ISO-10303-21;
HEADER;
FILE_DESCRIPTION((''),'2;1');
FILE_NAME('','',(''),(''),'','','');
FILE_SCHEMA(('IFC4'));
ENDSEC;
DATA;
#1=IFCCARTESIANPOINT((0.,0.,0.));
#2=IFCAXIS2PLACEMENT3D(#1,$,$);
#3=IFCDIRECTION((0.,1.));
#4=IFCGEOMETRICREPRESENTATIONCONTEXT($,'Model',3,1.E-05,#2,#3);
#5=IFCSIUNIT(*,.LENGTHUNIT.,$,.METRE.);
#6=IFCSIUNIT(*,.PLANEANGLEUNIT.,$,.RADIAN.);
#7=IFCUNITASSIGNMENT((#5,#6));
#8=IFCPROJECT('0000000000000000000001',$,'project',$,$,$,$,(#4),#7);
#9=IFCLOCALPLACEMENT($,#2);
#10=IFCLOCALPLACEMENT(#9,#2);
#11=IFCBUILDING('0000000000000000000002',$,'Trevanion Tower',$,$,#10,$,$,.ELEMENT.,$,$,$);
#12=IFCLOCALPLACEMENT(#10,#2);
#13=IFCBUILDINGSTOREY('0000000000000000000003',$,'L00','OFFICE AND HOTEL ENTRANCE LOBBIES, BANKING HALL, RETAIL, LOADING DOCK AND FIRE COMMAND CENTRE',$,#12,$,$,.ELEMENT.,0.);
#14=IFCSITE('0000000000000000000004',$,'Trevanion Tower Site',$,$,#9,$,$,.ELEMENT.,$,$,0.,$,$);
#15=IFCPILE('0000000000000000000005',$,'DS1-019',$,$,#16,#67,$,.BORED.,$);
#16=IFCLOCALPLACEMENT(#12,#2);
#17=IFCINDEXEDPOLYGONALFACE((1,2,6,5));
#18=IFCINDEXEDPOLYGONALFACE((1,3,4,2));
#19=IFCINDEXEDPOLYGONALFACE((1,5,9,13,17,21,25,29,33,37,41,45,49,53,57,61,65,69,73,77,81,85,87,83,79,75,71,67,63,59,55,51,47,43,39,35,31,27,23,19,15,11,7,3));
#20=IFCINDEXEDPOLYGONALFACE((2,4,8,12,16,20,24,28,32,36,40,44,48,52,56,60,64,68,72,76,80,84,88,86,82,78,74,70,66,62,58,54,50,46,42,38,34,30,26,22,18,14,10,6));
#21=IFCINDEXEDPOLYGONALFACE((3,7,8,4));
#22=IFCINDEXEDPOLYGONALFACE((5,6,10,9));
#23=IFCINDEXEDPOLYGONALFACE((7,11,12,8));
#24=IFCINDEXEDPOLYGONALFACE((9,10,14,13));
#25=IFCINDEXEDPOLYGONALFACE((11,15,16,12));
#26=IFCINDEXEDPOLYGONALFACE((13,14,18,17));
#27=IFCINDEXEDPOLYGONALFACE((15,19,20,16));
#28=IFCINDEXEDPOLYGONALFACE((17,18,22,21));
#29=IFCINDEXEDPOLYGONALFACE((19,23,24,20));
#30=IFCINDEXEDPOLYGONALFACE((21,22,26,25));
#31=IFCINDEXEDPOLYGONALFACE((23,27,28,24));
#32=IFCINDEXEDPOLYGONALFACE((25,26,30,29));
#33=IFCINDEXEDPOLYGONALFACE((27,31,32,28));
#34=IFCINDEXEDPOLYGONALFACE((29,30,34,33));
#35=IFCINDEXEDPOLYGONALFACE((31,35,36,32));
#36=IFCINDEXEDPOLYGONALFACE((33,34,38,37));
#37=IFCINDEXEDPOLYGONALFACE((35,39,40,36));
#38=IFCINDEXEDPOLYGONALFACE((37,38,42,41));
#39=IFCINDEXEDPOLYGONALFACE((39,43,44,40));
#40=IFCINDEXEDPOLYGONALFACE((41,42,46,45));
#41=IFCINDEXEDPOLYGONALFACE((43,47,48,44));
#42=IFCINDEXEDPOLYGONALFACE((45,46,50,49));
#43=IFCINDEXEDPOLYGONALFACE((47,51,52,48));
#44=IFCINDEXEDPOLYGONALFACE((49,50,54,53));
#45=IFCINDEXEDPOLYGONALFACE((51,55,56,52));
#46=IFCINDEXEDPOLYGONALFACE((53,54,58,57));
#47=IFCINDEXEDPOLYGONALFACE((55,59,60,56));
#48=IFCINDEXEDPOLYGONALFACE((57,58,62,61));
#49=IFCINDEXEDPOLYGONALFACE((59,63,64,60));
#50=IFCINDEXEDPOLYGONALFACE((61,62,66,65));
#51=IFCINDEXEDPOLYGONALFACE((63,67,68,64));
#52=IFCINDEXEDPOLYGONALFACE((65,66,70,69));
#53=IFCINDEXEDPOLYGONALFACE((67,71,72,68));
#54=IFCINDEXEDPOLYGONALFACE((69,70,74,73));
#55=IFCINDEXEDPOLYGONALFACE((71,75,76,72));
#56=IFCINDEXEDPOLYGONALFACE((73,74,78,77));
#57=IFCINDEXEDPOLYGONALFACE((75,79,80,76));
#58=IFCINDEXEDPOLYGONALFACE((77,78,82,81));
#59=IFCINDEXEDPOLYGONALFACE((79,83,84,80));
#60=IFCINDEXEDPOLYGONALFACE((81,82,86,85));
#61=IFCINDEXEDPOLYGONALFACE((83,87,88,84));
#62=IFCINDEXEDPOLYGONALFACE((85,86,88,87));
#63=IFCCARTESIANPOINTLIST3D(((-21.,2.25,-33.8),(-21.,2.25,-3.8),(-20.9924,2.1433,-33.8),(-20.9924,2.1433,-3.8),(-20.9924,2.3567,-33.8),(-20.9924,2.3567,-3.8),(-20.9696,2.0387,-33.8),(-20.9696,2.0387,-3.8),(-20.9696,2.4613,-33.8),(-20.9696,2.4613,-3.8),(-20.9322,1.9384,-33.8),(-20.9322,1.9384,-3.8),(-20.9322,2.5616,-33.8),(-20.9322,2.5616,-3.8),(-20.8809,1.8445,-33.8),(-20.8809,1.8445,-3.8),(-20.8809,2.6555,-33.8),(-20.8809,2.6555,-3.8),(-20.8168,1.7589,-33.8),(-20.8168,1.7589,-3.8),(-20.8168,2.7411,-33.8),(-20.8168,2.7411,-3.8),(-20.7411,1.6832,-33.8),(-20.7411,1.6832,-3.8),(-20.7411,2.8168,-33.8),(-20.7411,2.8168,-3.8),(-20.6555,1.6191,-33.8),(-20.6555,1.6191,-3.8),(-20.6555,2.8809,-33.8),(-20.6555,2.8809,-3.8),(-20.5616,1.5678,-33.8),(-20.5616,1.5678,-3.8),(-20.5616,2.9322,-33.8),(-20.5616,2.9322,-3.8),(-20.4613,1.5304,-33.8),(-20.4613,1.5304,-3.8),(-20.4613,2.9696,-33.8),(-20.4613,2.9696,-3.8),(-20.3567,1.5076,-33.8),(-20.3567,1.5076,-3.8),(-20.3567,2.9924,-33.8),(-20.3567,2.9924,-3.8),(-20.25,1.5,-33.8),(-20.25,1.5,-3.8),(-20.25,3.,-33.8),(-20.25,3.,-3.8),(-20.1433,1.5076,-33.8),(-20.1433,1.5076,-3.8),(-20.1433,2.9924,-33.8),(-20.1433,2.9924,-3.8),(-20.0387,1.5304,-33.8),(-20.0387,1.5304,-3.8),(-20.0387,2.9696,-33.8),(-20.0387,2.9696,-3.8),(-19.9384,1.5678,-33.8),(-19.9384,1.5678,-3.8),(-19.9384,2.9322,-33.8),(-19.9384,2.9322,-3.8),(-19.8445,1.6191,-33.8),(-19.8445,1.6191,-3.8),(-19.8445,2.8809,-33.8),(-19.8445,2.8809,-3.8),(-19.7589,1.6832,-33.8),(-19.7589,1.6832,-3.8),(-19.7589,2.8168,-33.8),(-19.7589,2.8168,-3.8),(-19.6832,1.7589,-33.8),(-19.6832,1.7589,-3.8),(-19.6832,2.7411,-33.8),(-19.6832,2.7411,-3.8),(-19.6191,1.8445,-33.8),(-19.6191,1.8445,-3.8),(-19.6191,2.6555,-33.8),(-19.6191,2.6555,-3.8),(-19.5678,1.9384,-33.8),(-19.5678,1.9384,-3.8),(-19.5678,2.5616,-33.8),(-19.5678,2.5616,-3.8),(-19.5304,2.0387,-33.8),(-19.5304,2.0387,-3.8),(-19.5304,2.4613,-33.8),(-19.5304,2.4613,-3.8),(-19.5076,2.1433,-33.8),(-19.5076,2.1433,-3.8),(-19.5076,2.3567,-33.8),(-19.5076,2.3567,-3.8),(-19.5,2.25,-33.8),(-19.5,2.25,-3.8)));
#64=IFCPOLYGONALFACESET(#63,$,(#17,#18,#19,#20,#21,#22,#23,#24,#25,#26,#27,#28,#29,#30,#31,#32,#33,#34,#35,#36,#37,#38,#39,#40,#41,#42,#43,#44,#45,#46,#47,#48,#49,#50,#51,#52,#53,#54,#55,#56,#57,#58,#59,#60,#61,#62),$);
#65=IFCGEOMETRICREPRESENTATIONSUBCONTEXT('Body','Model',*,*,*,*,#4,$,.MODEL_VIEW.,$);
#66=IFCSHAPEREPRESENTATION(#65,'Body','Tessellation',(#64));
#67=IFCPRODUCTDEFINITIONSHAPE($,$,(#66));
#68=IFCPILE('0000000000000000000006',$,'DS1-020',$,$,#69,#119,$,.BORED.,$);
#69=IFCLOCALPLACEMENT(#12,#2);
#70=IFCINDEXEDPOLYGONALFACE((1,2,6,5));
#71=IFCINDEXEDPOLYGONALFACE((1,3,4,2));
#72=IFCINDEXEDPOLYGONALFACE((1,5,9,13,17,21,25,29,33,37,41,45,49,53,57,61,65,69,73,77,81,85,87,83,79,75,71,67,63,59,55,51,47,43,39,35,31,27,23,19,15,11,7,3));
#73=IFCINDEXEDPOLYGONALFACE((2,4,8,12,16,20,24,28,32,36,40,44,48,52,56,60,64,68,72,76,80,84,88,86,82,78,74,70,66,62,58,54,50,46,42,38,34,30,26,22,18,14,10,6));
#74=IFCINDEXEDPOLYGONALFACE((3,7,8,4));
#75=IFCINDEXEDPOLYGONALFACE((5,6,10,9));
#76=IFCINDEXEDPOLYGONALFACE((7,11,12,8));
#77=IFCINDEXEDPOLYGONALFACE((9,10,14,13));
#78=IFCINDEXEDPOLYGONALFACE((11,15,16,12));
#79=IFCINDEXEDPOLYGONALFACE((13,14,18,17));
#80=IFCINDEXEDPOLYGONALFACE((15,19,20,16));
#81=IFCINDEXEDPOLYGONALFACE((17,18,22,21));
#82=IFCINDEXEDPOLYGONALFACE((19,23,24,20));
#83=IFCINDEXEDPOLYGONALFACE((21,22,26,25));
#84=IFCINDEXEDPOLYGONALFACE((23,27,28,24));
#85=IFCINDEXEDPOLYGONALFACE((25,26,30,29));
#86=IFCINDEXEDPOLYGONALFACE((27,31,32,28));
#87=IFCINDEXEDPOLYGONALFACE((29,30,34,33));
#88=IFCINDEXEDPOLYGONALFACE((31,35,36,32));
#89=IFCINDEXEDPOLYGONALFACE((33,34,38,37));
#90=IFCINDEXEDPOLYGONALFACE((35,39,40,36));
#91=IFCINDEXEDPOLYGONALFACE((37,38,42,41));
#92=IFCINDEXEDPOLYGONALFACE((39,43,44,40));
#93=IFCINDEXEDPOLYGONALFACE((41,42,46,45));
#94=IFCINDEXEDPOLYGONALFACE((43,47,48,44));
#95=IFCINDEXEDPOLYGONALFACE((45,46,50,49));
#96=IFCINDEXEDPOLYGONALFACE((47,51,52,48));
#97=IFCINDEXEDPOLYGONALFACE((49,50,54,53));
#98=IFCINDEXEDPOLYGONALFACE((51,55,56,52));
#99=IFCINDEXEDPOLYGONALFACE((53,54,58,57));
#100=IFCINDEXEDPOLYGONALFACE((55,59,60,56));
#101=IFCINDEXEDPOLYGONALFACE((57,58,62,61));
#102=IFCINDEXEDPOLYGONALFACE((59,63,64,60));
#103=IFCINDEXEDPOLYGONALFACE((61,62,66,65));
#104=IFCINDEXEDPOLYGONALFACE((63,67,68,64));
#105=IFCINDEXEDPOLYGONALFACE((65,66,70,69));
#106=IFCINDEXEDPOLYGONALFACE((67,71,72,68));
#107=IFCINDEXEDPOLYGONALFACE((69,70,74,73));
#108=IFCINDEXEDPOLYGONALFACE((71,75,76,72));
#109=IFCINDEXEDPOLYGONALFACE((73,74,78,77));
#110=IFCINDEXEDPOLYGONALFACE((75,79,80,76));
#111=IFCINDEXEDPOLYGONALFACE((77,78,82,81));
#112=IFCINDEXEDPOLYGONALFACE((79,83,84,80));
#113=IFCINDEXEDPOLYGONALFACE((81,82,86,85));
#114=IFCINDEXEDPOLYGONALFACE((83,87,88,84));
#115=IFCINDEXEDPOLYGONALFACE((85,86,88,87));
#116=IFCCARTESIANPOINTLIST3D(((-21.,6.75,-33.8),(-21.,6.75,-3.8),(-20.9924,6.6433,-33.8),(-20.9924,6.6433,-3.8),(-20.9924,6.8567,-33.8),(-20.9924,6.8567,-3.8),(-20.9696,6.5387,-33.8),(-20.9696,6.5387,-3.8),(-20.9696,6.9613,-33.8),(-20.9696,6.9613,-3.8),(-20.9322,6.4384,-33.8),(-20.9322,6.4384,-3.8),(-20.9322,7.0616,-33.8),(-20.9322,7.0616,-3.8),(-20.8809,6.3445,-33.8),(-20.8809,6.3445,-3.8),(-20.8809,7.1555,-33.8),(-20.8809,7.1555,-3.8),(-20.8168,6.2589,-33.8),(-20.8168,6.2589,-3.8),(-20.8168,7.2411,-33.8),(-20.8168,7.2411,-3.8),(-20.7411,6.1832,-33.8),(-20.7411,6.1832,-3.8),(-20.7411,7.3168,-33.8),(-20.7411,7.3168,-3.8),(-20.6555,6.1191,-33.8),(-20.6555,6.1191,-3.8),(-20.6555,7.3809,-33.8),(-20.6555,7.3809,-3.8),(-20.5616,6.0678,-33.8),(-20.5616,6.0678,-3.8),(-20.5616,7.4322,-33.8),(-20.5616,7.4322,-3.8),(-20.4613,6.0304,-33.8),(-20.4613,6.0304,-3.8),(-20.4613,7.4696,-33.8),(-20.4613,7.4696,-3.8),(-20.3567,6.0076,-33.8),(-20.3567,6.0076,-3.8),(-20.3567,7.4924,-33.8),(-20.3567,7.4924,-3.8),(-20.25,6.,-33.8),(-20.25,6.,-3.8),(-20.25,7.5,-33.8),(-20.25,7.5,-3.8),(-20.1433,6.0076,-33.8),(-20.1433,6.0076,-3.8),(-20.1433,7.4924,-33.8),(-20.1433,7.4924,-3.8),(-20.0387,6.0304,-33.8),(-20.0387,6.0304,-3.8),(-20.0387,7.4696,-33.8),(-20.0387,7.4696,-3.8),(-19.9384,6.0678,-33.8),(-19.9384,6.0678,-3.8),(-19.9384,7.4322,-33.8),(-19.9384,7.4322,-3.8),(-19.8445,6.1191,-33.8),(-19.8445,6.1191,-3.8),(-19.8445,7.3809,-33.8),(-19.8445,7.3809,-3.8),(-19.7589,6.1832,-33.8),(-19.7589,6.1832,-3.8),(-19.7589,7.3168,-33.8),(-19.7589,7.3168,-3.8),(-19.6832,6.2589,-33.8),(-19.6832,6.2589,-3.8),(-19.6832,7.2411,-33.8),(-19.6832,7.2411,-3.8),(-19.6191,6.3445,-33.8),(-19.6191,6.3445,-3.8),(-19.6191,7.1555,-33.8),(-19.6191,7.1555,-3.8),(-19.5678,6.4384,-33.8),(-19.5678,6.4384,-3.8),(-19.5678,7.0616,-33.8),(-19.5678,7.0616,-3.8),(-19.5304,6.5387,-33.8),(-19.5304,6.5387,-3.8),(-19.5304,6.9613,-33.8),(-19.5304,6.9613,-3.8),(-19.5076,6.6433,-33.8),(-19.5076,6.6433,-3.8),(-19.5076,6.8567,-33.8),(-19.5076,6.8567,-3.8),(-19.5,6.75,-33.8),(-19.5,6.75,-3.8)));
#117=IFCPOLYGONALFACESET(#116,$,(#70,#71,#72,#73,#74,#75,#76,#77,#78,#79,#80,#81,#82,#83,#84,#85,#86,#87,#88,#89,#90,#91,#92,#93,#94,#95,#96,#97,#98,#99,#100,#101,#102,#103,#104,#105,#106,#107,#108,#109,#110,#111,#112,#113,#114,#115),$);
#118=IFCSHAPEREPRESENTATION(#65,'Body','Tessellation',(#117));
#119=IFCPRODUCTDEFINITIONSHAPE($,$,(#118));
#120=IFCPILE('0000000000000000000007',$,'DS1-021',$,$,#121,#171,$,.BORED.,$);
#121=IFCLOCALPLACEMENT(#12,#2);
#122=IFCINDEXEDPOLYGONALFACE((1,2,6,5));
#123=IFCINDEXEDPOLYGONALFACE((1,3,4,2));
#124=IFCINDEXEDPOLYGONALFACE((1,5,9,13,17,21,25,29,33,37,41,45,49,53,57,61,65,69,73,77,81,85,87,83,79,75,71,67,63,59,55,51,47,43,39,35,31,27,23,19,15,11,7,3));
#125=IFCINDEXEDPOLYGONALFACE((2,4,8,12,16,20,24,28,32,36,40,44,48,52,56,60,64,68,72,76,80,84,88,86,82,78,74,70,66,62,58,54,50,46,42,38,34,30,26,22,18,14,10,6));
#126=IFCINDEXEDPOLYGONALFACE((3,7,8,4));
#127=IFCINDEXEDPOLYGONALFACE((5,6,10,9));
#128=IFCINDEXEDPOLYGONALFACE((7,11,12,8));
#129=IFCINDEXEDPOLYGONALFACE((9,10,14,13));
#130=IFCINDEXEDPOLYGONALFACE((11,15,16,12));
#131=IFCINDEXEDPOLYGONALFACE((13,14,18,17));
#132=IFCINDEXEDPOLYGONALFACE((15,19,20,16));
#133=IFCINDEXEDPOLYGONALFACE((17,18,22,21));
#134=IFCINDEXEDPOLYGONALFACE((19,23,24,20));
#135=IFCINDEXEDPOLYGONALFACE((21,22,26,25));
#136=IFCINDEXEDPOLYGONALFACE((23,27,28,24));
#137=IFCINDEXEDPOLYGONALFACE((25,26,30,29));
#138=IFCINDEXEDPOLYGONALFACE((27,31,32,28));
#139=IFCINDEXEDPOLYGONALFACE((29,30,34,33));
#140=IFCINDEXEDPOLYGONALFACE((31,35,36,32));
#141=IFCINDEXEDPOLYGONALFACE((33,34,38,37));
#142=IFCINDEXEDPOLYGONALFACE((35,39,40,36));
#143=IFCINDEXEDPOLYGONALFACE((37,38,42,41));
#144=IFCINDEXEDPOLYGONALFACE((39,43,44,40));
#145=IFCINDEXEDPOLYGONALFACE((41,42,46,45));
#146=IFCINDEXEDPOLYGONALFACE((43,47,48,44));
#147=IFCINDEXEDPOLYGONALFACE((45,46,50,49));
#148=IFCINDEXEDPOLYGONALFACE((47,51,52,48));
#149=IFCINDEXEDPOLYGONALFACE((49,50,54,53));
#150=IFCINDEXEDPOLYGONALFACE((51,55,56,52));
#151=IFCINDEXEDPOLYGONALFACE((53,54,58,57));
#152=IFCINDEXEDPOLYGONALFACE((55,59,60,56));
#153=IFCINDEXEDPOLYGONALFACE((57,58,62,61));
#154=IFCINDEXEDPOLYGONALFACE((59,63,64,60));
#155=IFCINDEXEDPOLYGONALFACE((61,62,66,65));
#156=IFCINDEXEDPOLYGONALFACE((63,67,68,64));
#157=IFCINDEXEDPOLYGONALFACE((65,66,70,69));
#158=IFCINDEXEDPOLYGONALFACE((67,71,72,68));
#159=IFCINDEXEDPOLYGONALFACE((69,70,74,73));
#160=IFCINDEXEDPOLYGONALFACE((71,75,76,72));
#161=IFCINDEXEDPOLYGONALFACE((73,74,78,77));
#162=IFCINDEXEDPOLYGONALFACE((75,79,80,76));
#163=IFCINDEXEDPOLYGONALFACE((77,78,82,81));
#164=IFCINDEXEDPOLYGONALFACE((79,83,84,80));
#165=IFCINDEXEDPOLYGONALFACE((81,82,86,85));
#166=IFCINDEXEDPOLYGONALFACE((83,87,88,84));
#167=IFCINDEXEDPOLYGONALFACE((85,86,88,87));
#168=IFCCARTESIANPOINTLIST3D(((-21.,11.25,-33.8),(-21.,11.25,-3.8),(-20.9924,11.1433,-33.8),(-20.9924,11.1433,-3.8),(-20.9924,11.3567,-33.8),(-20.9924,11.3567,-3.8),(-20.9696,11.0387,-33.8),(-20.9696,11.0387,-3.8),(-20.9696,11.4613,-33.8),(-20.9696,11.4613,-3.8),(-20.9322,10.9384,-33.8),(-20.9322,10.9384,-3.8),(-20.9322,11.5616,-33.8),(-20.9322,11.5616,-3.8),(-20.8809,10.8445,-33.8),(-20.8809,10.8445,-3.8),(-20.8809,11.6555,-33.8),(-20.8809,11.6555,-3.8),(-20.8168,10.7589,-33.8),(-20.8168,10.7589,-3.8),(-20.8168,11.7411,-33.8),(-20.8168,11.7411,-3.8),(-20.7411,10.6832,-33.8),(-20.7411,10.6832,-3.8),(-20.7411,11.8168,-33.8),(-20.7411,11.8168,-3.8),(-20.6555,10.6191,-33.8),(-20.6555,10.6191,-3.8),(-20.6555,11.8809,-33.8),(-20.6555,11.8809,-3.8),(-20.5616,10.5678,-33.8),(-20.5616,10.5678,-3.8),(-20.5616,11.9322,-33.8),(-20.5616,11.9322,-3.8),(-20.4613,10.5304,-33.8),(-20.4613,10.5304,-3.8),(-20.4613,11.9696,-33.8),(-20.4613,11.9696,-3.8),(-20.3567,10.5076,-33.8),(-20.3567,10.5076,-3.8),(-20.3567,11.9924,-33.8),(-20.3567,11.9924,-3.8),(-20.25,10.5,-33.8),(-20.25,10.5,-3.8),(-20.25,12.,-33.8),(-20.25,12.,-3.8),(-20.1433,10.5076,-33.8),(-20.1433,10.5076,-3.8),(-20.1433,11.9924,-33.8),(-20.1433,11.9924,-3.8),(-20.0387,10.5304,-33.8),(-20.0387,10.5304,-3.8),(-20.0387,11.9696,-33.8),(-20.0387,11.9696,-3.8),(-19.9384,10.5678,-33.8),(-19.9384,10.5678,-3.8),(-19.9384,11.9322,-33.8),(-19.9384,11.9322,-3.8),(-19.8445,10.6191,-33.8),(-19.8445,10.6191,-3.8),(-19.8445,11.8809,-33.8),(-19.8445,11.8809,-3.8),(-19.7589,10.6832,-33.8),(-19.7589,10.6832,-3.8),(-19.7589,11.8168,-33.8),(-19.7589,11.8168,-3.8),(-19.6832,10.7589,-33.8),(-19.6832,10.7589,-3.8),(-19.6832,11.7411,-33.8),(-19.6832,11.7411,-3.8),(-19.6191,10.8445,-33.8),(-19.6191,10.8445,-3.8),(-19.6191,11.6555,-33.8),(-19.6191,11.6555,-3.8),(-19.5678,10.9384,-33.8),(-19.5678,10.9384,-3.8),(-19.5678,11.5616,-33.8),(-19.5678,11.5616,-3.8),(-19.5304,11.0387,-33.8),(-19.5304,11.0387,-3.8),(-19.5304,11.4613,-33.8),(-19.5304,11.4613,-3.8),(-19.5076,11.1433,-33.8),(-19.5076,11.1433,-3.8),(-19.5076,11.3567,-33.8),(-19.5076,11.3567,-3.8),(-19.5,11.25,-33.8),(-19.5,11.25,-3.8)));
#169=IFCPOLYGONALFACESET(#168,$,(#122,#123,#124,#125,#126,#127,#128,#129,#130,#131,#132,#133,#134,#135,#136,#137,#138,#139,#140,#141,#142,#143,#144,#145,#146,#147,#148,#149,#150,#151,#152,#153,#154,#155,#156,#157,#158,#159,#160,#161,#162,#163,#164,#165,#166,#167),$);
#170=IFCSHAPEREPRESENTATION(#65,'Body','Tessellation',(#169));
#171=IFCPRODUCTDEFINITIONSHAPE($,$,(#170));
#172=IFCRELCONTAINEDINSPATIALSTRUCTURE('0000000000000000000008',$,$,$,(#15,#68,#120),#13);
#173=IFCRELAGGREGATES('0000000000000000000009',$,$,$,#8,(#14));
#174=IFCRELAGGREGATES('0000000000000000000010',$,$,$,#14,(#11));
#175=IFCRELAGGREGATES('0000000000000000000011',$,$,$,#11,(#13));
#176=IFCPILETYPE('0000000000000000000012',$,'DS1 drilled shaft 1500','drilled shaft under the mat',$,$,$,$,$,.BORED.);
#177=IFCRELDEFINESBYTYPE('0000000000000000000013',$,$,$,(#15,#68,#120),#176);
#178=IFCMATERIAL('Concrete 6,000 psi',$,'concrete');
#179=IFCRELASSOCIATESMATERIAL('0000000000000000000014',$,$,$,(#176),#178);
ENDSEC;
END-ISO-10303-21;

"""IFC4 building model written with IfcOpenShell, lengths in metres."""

from ifc_helpers import new_model, si_unit, direction, frame, origin, origin_2d, place, context, subcontext, project, spatial, circle, extrude, material, material_profile, profile_set, type_object, element, save


model = new_model("IFC4")

# Units and contexts
model_context = context("Model", 3, precision=1e-05, world=origin(), true_north=direction((0.0, 1.0)))
body_context = subcontext(model_context, "Body", "Model", "MODEL_VIEW")
ifc_project = project(units=[si_unit("LENGTHUNIT", "METRE"), si_unit("PLANEANGLEUNIT", "RADIAN")], contexts=[model_context])

# Site, building, storey
site_placement = place(None, origin())
site = spatial("IfcSite", under=ifc_project, at=site_placement, Name="Trevanion Tower Site", CompositionType="ELEMENT", RefElevation=0.0)
building_placement = place(site_placement, origin())
building = spatial("IfcBuilding", under=site, at=building_placement, Name="Trevanion Tower", CompositionType="ELEMENT")
storey_placement = place(building_placement, origin())
storey = spatial("IfcBuildingStorey", under=building, at=storey_placement, Name="L00", Description="OFFICE AND HOTEL ENTRANCE LOBBIES, BANKING HALL, RETAIL, LOADING DOCK AND FIRE COMMAND CENTRE", CompositionType="ELEMENT", Elevation=0.0)

# Piles
ifc_material_1 = material(Name="Concrete 6,000 psi", Category="concrete")
ifc_material_profile_1 = material_profile(ifc_material_1, circle(Radius=0.75, at=origin_2d()), Name="DS1 drilled shaft 1500")
ifc_profile_set_1 = profile_set([ifc_material_profile_1], Name="Concrete 6,000 psi")
pile_type_1 = type_object("IfcPileType", Name="DS1 drilled shaft 1500", Description="drilled shaft under the mat", PredefinedType="BORED", material=ifc_profile_set_1)
for number, where, z_axis, x_axis, name in (
    (1, (-20.25, 2.25, -3.8), (0.0, 0.0, -1.0), (1.0, 0.0, 0.0), "DS1-019"),
    (2, (-20.25, 6.75, -3.8), (0.0, 0.0, -1.0), (1.0, 0.0, 0.0), "DS1-020"),
    (3, (-20.25, 11.25, -3.8), (0.0, 0.0, -1.0), (1.0, 0.0, 0.0), "DS1-021"),
):
    element("IfcPile", number, at=place(storey_placement, frame(where, z_axis=z_axis, x_axis=x_axis)), inside=storey, type_object=pile_type_1, Name=name, PredefinedType="BORED", context=body_context, shape_type="SweptSolid", body=[
        extrude(circle(Radius=0.75, at=origin_2d()), origin(), (0.0, 0.0, 1.0), 30.0),
    ])

save(model, "model.ifc")
